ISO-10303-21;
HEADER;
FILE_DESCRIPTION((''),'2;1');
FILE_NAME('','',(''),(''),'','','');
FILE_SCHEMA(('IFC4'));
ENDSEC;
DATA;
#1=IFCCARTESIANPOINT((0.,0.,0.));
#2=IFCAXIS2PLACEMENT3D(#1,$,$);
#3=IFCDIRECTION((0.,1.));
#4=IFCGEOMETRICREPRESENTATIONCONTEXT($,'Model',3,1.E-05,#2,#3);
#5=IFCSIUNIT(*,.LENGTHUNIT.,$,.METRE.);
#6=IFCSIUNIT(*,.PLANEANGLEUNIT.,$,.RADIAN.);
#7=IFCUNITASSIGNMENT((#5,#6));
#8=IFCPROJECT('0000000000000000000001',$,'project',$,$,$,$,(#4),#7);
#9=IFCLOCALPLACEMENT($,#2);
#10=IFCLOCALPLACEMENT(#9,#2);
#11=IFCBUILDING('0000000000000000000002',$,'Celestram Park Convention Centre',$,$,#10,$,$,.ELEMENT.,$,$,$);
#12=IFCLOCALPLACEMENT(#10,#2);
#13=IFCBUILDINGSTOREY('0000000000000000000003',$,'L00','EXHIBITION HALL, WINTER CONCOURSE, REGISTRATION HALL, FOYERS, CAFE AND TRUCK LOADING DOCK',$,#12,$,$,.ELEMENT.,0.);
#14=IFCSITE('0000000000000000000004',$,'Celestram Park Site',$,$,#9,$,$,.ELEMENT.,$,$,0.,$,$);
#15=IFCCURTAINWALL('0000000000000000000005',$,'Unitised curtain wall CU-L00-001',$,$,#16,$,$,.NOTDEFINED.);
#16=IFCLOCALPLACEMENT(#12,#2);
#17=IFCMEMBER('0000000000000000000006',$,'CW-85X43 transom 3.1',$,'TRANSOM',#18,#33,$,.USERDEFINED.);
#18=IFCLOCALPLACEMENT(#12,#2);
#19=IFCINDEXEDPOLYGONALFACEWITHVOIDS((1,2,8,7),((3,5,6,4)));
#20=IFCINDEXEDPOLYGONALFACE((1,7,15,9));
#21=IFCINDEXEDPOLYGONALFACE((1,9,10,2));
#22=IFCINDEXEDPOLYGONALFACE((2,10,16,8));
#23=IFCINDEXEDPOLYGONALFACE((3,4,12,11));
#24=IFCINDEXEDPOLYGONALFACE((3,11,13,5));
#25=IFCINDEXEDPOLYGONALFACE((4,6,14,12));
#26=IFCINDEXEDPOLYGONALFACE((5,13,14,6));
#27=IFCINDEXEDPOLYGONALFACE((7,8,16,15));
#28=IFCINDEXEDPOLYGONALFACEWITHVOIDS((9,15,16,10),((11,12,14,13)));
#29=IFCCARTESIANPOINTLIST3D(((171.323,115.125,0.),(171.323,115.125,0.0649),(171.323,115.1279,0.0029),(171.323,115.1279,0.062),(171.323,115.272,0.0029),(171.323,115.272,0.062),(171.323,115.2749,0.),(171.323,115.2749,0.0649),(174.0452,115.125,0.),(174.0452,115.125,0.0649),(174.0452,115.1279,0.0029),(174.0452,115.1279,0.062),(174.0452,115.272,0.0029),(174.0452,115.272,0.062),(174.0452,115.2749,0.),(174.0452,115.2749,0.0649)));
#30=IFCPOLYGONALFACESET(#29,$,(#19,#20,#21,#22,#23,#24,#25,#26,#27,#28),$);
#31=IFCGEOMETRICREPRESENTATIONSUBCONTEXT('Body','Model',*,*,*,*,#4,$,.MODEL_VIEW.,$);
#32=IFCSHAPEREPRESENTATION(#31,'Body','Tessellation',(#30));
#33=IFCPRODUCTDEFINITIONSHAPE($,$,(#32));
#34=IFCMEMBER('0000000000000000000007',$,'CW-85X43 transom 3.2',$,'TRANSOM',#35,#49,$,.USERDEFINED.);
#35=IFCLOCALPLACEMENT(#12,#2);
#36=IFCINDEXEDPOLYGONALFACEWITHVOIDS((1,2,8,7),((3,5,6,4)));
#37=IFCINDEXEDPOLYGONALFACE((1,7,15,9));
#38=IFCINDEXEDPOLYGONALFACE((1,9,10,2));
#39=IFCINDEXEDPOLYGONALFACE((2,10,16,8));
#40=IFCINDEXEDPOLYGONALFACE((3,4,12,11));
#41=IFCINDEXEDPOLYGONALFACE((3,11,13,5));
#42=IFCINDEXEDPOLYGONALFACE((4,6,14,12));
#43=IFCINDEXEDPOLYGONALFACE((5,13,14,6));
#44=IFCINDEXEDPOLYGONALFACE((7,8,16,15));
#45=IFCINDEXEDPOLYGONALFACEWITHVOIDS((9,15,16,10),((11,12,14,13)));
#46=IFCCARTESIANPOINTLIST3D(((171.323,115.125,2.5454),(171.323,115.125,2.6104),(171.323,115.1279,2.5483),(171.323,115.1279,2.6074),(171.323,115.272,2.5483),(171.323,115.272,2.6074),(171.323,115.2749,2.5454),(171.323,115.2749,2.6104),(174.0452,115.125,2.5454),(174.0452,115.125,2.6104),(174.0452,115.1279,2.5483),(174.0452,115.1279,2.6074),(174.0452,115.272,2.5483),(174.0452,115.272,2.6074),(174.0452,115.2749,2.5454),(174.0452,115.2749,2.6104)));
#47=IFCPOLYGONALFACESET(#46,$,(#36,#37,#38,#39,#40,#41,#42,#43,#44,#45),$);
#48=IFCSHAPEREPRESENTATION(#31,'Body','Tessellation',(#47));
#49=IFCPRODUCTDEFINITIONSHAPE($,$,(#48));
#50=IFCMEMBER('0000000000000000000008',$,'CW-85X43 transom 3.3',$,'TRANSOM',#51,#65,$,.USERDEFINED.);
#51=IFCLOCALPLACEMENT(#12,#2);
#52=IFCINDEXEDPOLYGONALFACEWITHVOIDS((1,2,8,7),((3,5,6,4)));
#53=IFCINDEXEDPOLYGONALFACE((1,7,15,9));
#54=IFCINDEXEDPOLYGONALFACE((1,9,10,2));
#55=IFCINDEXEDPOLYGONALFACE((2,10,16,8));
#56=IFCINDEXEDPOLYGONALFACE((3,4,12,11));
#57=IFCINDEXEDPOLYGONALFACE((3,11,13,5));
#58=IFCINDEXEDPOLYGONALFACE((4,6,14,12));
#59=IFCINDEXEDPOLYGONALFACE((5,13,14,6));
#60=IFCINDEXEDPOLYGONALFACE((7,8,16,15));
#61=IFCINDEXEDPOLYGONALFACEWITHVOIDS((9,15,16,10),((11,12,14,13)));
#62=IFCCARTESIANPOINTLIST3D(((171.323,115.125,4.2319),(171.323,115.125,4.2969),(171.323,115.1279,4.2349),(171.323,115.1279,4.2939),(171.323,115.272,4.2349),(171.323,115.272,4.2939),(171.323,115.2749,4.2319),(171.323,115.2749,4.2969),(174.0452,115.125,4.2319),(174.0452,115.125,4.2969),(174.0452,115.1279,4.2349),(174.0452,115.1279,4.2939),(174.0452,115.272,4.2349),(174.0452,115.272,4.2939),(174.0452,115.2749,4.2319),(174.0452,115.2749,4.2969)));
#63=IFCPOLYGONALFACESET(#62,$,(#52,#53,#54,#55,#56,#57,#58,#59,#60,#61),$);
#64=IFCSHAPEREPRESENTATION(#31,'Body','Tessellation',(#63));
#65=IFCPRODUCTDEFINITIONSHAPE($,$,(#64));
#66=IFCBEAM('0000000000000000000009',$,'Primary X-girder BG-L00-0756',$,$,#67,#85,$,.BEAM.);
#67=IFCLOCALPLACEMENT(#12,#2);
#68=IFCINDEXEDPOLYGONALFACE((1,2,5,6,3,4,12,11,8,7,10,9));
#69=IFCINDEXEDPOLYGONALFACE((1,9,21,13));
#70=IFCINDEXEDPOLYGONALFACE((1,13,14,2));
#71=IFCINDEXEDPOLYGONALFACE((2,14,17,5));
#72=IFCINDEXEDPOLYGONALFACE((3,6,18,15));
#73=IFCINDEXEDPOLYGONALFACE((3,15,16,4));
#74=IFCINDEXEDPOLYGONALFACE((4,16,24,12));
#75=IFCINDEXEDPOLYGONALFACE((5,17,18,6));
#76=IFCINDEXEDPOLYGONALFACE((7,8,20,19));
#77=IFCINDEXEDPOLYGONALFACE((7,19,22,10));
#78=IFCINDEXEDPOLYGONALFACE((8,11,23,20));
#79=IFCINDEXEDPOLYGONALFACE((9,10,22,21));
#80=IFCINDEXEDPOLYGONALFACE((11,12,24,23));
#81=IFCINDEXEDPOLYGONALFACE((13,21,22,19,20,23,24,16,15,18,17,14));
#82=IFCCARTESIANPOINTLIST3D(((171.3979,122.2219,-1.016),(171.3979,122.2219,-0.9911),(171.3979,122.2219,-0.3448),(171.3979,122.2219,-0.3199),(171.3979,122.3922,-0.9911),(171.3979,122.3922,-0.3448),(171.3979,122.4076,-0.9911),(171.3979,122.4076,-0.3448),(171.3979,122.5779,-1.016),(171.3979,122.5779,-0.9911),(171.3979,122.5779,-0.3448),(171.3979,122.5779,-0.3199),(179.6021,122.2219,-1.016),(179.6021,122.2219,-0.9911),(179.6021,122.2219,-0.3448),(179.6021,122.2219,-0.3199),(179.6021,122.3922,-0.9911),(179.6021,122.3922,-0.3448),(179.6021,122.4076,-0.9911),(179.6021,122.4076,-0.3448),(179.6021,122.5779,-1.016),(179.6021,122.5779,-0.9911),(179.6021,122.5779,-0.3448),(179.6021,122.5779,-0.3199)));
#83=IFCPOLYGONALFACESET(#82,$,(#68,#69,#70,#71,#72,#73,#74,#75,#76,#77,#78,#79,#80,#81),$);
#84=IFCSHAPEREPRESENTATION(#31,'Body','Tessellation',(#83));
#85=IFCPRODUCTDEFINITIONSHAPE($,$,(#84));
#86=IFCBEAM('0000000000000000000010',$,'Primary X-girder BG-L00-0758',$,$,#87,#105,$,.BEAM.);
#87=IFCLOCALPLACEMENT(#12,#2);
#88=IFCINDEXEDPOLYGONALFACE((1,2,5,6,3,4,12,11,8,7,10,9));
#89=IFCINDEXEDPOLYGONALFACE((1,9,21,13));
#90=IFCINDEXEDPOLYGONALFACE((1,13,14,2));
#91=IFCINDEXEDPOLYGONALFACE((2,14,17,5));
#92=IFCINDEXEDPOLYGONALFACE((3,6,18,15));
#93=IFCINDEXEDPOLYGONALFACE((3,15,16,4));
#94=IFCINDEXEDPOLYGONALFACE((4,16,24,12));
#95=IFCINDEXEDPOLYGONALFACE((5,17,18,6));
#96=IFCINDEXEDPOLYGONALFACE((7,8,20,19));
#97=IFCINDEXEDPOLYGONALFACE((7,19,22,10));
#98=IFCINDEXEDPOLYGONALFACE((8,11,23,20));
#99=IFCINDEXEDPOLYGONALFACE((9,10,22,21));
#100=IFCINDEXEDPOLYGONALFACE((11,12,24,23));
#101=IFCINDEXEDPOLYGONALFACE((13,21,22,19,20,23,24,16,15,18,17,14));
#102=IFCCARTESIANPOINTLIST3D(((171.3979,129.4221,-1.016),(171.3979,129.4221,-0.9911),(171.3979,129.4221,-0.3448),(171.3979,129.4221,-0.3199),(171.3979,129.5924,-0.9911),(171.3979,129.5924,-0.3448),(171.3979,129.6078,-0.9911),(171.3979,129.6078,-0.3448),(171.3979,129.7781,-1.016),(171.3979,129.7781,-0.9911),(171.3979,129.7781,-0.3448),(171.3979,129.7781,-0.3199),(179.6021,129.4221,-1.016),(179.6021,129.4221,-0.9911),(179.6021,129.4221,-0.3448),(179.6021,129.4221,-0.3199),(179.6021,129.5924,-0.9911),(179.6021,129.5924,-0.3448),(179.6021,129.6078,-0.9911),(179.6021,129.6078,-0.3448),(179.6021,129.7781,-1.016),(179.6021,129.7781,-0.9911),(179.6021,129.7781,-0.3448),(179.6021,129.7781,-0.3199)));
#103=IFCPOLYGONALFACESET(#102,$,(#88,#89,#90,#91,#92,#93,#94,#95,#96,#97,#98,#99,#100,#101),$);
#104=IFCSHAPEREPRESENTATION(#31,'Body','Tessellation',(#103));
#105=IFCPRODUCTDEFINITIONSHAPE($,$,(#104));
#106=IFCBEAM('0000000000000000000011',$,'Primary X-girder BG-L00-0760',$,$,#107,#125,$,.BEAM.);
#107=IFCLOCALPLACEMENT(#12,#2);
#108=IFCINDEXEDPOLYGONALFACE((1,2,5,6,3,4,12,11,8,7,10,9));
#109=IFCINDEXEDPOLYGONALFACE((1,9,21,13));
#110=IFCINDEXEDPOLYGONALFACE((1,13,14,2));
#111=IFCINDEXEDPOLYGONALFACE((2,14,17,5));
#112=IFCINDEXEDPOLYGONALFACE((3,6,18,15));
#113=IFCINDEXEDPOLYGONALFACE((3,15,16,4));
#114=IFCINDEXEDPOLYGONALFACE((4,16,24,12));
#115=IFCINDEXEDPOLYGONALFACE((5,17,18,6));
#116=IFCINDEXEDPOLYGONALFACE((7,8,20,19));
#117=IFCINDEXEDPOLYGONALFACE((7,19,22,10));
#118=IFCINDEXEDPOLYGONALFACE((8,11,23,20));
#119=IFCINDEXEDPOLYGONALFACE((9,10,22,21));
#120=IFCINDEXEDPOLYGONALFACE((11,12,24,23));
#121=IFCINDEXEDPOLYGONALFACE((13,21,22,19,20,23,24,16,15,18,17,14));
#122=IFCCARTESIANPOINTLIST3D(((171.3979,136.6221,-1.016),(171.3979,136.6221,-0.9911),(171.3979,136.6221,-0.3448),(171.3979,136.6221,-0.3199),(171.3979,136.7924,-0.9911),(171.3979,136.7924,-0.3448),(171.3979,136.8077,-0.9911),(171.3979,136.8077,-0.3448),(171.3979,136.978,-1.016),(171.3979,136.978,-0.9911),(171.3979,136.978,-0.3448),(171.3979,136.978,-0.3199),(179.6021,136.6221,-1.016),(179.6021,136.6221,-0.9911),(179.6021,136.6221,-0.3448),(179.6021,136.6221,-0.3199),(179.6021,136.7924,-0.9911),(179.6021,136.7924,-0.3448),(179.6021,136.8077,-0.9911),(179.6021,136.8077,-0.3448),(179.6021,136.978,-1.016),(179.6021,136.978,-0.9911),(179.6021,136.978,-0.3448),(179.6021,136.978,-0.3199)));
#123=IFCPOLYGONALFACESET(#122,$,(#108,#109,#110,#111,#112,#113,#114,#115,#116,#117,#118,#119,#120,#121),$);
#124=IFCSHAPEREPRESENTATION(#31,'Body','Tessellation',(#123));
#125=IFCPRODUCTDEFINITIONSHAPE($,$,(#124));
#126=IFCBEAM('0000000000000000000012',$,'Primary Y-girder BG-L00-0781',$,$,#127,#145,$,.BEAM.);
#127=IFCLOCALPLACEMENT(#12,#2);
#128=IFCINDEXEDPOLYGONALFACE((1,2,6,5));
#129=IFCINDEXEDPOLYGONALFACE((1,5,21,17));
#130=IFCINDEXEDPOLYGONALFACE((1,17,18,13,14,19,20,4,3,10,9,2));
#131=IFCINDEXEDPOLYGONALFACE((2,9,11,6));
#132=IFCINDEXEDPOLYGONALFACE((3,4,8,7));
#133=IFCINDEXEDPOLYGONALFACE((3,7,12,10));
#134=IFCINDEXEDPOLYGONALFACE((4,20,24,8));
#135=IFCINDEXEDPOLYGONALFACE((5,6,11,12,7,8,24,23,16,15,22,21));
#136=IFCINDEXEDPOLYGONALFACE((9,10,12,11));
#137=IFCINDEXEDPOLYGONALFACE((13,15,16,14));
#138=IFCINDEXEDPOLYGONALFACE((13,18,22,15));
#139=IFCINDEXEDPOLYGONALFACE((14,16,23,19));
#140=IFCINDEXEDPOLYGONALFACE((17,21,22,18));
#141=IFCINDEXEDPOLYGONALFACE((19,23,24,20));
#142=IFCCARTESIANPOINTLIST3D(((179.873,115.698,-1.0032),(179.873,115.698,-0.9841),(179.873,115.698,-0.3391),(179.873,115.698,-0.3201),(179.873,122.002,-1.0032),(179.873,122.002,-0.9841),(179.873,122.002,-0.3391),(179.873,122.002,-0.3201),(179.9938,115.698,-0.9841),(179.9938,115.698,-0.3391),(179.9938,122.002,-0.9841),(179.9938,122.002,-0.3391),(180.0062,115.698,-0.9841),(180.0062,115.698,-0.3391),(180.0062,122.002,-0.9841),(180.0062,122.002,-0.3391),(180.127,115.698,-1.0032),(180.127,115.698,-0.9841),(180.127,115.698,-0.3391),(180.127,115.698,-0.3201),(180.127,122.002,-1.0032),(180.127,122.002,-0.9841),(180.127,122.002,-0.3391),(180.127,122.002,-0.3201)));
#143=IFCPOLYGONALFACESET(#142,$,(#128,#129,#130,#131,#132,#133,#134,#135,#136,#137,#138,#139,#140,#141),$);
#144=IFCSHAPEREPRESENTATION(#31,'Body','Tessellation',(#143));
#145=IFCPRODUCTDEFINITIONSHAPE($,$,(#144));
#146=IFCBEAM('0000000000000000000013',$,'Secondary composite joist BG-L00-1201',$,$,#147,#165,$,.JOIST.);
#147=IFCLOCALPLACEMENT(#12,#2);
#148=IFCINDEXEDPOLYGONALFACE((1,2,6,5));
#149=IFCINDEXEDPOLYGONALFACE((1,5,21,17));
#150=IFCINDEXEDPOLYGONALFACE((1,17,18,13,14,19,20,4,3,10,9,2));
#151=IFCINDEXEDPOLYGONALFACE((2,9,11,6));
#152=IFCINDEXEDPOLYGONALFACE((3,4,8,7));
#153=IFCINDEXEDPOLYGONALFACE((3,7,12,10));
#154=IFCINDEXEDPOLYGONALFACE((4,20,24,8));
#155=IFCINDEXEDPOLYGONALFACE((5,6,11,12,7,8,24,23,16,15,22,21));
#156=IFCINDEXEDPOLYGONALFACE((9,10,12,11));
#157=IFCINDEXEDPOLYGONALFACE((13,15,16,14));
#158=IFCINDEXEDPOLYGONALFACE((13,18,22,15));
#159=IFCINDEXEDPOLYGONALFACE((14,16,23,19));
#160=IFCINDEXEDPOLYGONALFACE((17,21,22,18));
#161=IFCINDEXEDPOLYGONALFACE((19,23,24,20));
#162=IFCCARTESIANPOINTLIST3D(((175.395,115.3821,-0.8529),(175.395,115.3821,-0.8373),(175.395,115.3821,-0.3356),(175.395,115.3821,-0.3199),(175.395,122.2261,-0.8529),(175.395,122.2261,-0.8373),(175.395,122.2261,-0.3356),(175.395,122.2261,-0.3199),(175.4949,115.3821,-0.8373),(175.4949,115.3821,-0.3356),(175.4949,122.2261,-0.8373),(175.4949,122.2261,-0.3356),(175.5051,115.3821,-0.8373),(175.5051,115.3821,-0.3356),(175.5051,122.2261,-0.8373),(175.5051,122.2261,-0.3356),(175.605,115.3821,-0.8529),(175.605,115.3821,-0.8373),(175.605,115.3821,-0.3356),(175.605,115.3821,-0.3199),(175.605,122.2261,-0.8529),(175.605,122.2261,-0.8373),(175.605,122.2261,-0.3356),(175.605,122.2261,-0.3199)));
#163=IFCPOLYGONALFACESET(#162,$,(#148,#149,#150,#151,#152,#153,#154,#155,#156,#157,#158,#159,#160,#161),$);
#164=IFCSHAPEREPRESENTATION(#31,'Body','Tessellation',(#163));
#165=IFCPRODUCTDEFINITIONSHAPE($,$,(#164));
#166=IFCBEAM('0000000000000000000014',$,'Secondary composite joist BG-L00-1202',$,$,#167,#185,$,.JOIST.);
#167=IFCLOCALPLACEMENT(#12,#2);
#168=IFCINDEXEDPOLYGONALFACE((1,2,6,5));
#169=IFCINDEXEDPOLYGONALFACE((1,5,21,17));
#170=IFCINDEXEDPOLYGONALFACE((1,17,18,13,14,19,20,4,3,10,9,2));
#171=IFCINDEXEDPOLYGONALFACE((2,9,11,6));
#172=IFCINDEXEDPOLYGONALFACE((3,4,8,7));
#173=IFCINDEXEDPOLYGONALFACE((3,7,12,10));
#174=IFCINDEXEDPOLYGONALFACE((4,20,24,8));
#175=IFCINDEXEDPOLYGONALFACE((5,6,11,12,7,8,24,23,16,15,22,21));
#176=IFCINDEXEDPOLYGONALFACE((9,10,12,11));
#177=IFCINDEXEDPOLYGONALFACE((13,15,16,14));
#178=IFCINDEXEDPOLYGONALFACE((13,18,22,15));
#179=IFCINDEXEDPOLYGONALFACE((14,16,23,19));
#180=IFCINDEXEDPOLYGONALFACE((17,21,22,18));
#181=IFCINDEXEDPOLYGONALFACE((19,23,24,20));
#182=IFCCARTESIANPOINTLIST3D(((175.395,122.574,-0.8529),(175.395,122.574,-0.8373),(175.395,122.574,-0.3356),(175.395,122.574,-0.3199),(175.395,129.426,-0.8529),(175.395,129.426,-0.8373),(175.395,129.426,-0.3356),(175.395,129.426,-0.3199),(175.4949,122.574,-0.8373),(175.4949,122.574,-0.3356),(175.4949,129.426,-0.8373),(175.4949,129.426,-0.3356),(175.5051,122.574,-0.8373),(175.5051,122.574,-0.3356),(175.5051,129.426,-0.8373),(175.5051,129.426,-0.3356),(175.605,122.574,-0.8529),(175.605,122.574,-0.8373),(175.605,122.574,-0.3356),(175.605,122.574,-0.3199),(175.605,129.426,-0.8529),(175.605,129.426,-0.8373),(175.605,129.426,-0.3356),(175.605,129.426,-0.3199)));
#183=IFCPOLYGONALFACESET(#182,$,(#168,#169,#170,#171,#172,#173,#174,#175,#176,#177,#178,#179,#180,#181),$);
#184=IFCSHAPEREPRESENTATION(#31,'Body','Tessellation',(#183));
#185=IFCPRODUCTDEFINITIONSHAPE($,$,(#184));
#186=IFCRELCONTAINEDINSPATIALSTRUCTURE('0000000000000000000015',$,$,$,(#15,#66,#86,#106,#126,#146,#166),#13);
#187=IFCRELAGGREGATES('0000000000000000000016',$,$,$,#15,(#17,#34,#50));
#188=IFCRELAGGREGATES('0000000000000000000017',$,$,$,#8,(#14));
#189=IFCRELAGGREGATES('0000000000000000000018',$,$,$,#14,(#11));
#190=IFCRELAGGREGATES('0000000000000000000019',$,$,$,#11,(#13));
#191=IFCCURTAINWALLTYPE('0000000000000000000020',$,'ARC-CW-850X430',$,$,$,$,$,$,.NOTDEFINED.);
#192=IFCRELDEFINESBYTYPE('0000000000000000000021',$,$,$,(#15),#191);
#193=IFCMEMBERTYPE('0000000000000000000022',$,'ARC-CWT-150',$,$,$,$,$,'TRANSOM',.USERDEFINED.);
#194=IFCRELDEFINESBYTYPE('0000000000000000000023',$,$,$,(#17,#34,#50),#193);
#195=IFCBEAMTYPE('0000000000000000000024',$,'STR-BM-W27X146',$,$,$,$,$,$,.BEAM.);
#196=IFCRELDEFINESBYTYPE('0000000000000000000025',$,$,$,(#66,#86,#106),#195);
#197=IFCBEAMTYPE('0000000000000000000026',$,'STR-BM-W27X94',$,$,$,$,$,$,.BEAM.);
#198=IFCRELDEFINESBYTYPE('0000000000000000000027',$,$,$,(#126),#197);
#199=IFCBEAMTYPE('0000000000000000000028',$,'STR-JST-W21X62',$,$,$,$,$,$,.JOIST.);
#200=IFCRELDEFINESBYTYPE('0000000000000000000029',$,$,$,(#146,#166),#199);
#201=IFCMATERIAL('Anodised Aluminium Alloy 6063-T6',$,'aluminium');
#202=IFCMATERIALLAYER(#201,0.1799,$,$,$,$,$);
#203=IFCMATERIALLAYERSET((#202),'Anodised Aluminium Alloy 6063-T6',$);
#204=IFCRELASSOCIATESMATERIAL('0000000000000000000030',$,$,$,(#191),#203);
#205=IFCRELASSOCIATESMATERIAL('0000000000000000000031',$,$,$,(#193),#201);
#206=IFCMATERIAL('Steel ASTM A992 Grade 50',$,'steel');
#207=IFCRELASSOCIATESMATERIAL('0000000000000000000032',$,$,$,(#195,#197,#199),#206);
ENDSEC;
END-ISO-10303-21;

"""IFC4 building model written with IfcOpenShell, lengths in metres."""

from ifc_helpers import new_model, si_unit, direction, frame, origin, origin_2d, place, context, subcontext, project, spatial, hollow_rectangle, i_section, extrude, material, layer, layer_set, material_profile, profile_set, type_object, element, aggregate, save


model = new_model("IFC4")

# Units and contexts
model_context = context("Model", 3, precision=1e-05, world=origin(), true_north=direction((0.0, 1.0)))
body_context = subcontext(model_context, "Body", "Model", "MODEL_VIEW")
ifc_project = project(units=[si_unit("LENGTHUNIT", "METRE"), si_unit("PLANEANGLEUNIT", "RADIAN")], contexts=[model_context])

# Site, building, storey
site_placement = place(None, origin())
site = spatial("IfcSite", under=ifc_project, at=site_placement, Name="Celestram Park Site", CompositionType="ELEMENT", RefElevation=0.0)
building_placement = place(site_placement, origin())
building = spatial("IfcBuilding", under=site, at=building_placement, Name="Celestram Park Convention Centre", CompositionType="ELEMENT")
storey_placement = place(building_placement, origin())
storey = spatial("IfcBuildingStorey", under=building, at=storey_placement, Name="L00", Description="EXHIBITION HALL, WINTER CONCOURSE, REGISTRATION HALL, FOYERS, CAFE AND TRUCK LOADING DOCK", CompositionType="ELEMENT", Elevation=0.0)

# Curtain wall, members
ifc_material_1 = material(Name="Anodised Aluminium Alloy 6063-T6", Category="aluminium")
ifc_layer_1 = layer(ifc_material_1, 0.1799)
ifc_layer_set_1 = layer_set([ifc_layer_1], Name="Anodised Aluminium Alloy 6063-T6")
curtain_wall_type = type_object("IfcCurtainWallType", Name="ARC-CW-850X430", PredefinedType="NOTDEFINED", material=ifc_layer_set_1)
curtain_wall_placement = place(storey_placement, origin())
curtain_wall = element("IfcCurtainWall", 1, at=curtain_wall_placement, inside=storey, type_object=curtain_wall_type, Name="Unitised curtain wall CU-L00-001", PredefinedType="NOTDEFINED")
ifc_material_profile_1 = material_profile(ifc_material_1, hollow_rectangle(XDim=0.1499, YDim=0.0649, WallThickness=0.0029, at=origin_2d()), Name="ALU150X65X3")
ifc_profile_set_1 = profile_set([ifc_material_profile_1], Name="Anodised Aluminium Alloy 6063-T6")
member_type_1 = type_object("IfcMemberType", Name="ARC-CWT-150", ElementType="TRANSOM", PredefinedType="USERDEFINED", material=ifc_profile_set_1)
member_1_placement = place(storey_placement, frame((174.0452, 115.2, 0.0325), z_axis=(-1.0, 0.0, 0.0), x_axis=(0.0, -1.0, 0.0)))
member_1 = element("IfcMember", 2, at=member_1_placement, type_object=member_type_1, Name="CW-85X43 transom 3.1", ObjectType="TRANSOM", PredefinedType="USERDEFINED", context=body_context, shape_type="SweptSolid", body=[
    extrude(hollow_rectangle(XDim=0.1499, YDim=0.0649, WallThickness=0.0029, at=origin_2d()), origin(), (0.0, 0.0, 1.0), 2.7222),
])
member_2_placement = place(storey_placement, frame((174.0452, 115.2, 2.5779), z_axis=(-1.0, 0.0, 0.0), x_axis=(0.0, -1.0, 0.0)))
member_2 = element("IfcMember", 3, at=member_2_placement, type_object=member_type_1, Name="CW-85X43 transom 3.2", ObjectType="TRANSOM", PredefinedType="USERDEFINED", context=body_context, shape_type="SweptSolid", body=[
    extrude(hollow_rectangle(XDim=0.1499, YDim=0.0649, WallThickness=0.0029, at=origin_2d()), origin(), (0.0, 0.0, 1.0), 2.7222),
])
member_3_placement = place(storey_placement, frame((174.0452, 115.2, 4.2644), z_axis=(-1.0, 0.0, 0.0), x_axis=(0.0, -1.0, 0.0)))
member_3 = element("IfcMember", 4, at=member_3_placement, type_object=member_type_1, Name="CW-85X43 transom 3.3", ObjectType="TRANSOM", PredefinedType="USERDEFINED", context=body_context, shape_type="SweptSolid", body=[
    extrude(hollow_rectangle(XDim=0.1499, YDim=0.0649, WallThickness=0.0029, at=origin_2d()), origin(), (0.0, 0.0, 1.0), 2.7222),
])

# Beams
ifc_material_2 = material(Name="Steel ASTM A992 Grade 50", Category="steel")
ifc_material_profile_2 = material_profile(ifc_material_2, i_section(OverallWidth=0.356, OverallDepth=0.696, WebThickness=0.0154, FlangeThickness=0.0249, at=origin_2d()), Name="W27X146")
ifc_profile_set_2 = profile_set([ifc_material_profile_2], Name="Steel ASTM A992 Grade 50")
beam_type_1 = type_object("IfcBeamType", Name="STR-BM-W27X146", PredefinedType="BEAM", material=ifc_profile_set_2)
for number, where, z_axis, x_axis, name in (
    (5, (171.3979, 122.3999, -0.668), (1.0, 0.0, 0.0), (0.0, 1.0, 0.0), "Primary X-girder BG-L00-0756"),
    (6, (171.3979, 129.6001, -0.668), (1.0, 0.0, 0.0), (0.0, 1.0, 0.0), "Primary X-girder BG-L00-0758"),
    (7, (171.3979, 136.8, -0.668), (1.0, 0.0, 0.0), (0.0, 1.0, 0.0), "Primary X-girder BG-L00-0760"),
):
    element("IfcBeam", number, at=place(storey_placement, frame(where, z_axis=z_axis, x_axis=x_axis)), inside=storey, type_object=beam_type_1, Name=name, PredefinedType="BEAM", context=body_context, shape_type="SweptSolid", body=[
        extrude(i_section(OverallWidth=0.356, OverallDepth=0.696, WebThickness=0.0154, FlangeThickness=0.0249, at=origin_2d()), origin(), (0.0, 0.0, 1.0), 8.2041),
    ])
ifc_material_profile_3 = material_profile(ifc_material_2, i_section(OverallWidth=0.2539, OverallDepth=0.6831, WebThickness=0.0125, FlangeThickness=0.019, at=origin_2d()), Name="W27X94")
ifc_profile_set_3 = profile_set([ifc_material_profile_3], Name="Steel ASTM A992 Grade 50")
beam_type_2 = type_object("IfcBeamType", Name="STR-BM-W27X94", PredefinedType="BEAM", material=ifc_profile_set_3)
beam_1_placement = place(storey_placement, frame((180.0, 115.698, -0.6616), z_axis=(0.0, 1.0, 0.0), x_axis=(-1.0, 0.0, 0.0)))
element("IfcBeam", 8, at=beam_1_placement, inside=storey, type_object=beam_type_2, Name="Primary Y-girder BG-L00-0781", PredefinedType="BEAM", context=body_context, shape_type="SweptSolid", body=[
    extrude(i_section(OverallWidth=0.2539, OverallDepth=0.6831, WebThickness=0.0125, FlangeThickness=0.019, at=origin_2d()), origin(), (0.0, 0.0, 1.0), 6.304),
])
ifc_material_profile_4 = material_profile(ifc_material_2, i_section(OverallWidth=0.21, OverallDepth=0.533, WebThickness=0.0103, FlangeThickness=0.0156, at=origin_2d()), Name="W21X62")
ifc_profile_set_4 = profile_set([ifc_material_profile_4], Name="Steel ASTM A992 Grade 50")
beam_type_3 = type_object("IfcBeamType", Name="STR-JST-W21X62", PredefinedType="JOIST", material=ifc_profile_set_4)
beam_2_placement = place(storey_placement, frame((175.5, 115.3821, -0.5864), z_axis=(0.0, 1.0, 0.0), x_axis=(-1.0, 0.0, 0.0)))
element("IfcBeam", 9, at=beam_2_placement, inside=storey, type_object=beam_type_3, Name="Secondary composite joist BG-L00-1201", PredefinedType="JOIST", context=body_context, shape_type="SweptSolid", body=[
    extrude(i_section(OverallWidth=0.21, OverallDepth=0.533, WebThickness=0.0103, FlangeThickness=0.0156, at=origin_2d()), origin(), (0.0, 0.0, 1.0), 6.844),
])
for number, where, z_axis, x_axis, name in (
    (10, (175.5, 122.574, -0.5864), (0.0, 1.0, 0.0), (-1.0, 0.0, 0.0), "Secondary composite joist BG-L00-1202"),
):
    element("IfcBeam", number, at=place(storey_placement, frame(where, z_axis=z_axis, x_axis=x_axis)), inside=storey, type_object=beam_type_3, Name=name, PredefinedType="JOIST", context=body_context, shape_type="SweptSolid", body=[
        extrude(i_section(OverallWidth=0.21, OverallDepth=0.533, WebThickness=0.0103, FlangeThickness=0.0156, at=origin_2d()), origin(), (0.0, 0.0, 1.0), 6.8521),
    ])

aggregate(curtain_wall, [member_1, member_2, member_3])

save(model, "model.ifc")
